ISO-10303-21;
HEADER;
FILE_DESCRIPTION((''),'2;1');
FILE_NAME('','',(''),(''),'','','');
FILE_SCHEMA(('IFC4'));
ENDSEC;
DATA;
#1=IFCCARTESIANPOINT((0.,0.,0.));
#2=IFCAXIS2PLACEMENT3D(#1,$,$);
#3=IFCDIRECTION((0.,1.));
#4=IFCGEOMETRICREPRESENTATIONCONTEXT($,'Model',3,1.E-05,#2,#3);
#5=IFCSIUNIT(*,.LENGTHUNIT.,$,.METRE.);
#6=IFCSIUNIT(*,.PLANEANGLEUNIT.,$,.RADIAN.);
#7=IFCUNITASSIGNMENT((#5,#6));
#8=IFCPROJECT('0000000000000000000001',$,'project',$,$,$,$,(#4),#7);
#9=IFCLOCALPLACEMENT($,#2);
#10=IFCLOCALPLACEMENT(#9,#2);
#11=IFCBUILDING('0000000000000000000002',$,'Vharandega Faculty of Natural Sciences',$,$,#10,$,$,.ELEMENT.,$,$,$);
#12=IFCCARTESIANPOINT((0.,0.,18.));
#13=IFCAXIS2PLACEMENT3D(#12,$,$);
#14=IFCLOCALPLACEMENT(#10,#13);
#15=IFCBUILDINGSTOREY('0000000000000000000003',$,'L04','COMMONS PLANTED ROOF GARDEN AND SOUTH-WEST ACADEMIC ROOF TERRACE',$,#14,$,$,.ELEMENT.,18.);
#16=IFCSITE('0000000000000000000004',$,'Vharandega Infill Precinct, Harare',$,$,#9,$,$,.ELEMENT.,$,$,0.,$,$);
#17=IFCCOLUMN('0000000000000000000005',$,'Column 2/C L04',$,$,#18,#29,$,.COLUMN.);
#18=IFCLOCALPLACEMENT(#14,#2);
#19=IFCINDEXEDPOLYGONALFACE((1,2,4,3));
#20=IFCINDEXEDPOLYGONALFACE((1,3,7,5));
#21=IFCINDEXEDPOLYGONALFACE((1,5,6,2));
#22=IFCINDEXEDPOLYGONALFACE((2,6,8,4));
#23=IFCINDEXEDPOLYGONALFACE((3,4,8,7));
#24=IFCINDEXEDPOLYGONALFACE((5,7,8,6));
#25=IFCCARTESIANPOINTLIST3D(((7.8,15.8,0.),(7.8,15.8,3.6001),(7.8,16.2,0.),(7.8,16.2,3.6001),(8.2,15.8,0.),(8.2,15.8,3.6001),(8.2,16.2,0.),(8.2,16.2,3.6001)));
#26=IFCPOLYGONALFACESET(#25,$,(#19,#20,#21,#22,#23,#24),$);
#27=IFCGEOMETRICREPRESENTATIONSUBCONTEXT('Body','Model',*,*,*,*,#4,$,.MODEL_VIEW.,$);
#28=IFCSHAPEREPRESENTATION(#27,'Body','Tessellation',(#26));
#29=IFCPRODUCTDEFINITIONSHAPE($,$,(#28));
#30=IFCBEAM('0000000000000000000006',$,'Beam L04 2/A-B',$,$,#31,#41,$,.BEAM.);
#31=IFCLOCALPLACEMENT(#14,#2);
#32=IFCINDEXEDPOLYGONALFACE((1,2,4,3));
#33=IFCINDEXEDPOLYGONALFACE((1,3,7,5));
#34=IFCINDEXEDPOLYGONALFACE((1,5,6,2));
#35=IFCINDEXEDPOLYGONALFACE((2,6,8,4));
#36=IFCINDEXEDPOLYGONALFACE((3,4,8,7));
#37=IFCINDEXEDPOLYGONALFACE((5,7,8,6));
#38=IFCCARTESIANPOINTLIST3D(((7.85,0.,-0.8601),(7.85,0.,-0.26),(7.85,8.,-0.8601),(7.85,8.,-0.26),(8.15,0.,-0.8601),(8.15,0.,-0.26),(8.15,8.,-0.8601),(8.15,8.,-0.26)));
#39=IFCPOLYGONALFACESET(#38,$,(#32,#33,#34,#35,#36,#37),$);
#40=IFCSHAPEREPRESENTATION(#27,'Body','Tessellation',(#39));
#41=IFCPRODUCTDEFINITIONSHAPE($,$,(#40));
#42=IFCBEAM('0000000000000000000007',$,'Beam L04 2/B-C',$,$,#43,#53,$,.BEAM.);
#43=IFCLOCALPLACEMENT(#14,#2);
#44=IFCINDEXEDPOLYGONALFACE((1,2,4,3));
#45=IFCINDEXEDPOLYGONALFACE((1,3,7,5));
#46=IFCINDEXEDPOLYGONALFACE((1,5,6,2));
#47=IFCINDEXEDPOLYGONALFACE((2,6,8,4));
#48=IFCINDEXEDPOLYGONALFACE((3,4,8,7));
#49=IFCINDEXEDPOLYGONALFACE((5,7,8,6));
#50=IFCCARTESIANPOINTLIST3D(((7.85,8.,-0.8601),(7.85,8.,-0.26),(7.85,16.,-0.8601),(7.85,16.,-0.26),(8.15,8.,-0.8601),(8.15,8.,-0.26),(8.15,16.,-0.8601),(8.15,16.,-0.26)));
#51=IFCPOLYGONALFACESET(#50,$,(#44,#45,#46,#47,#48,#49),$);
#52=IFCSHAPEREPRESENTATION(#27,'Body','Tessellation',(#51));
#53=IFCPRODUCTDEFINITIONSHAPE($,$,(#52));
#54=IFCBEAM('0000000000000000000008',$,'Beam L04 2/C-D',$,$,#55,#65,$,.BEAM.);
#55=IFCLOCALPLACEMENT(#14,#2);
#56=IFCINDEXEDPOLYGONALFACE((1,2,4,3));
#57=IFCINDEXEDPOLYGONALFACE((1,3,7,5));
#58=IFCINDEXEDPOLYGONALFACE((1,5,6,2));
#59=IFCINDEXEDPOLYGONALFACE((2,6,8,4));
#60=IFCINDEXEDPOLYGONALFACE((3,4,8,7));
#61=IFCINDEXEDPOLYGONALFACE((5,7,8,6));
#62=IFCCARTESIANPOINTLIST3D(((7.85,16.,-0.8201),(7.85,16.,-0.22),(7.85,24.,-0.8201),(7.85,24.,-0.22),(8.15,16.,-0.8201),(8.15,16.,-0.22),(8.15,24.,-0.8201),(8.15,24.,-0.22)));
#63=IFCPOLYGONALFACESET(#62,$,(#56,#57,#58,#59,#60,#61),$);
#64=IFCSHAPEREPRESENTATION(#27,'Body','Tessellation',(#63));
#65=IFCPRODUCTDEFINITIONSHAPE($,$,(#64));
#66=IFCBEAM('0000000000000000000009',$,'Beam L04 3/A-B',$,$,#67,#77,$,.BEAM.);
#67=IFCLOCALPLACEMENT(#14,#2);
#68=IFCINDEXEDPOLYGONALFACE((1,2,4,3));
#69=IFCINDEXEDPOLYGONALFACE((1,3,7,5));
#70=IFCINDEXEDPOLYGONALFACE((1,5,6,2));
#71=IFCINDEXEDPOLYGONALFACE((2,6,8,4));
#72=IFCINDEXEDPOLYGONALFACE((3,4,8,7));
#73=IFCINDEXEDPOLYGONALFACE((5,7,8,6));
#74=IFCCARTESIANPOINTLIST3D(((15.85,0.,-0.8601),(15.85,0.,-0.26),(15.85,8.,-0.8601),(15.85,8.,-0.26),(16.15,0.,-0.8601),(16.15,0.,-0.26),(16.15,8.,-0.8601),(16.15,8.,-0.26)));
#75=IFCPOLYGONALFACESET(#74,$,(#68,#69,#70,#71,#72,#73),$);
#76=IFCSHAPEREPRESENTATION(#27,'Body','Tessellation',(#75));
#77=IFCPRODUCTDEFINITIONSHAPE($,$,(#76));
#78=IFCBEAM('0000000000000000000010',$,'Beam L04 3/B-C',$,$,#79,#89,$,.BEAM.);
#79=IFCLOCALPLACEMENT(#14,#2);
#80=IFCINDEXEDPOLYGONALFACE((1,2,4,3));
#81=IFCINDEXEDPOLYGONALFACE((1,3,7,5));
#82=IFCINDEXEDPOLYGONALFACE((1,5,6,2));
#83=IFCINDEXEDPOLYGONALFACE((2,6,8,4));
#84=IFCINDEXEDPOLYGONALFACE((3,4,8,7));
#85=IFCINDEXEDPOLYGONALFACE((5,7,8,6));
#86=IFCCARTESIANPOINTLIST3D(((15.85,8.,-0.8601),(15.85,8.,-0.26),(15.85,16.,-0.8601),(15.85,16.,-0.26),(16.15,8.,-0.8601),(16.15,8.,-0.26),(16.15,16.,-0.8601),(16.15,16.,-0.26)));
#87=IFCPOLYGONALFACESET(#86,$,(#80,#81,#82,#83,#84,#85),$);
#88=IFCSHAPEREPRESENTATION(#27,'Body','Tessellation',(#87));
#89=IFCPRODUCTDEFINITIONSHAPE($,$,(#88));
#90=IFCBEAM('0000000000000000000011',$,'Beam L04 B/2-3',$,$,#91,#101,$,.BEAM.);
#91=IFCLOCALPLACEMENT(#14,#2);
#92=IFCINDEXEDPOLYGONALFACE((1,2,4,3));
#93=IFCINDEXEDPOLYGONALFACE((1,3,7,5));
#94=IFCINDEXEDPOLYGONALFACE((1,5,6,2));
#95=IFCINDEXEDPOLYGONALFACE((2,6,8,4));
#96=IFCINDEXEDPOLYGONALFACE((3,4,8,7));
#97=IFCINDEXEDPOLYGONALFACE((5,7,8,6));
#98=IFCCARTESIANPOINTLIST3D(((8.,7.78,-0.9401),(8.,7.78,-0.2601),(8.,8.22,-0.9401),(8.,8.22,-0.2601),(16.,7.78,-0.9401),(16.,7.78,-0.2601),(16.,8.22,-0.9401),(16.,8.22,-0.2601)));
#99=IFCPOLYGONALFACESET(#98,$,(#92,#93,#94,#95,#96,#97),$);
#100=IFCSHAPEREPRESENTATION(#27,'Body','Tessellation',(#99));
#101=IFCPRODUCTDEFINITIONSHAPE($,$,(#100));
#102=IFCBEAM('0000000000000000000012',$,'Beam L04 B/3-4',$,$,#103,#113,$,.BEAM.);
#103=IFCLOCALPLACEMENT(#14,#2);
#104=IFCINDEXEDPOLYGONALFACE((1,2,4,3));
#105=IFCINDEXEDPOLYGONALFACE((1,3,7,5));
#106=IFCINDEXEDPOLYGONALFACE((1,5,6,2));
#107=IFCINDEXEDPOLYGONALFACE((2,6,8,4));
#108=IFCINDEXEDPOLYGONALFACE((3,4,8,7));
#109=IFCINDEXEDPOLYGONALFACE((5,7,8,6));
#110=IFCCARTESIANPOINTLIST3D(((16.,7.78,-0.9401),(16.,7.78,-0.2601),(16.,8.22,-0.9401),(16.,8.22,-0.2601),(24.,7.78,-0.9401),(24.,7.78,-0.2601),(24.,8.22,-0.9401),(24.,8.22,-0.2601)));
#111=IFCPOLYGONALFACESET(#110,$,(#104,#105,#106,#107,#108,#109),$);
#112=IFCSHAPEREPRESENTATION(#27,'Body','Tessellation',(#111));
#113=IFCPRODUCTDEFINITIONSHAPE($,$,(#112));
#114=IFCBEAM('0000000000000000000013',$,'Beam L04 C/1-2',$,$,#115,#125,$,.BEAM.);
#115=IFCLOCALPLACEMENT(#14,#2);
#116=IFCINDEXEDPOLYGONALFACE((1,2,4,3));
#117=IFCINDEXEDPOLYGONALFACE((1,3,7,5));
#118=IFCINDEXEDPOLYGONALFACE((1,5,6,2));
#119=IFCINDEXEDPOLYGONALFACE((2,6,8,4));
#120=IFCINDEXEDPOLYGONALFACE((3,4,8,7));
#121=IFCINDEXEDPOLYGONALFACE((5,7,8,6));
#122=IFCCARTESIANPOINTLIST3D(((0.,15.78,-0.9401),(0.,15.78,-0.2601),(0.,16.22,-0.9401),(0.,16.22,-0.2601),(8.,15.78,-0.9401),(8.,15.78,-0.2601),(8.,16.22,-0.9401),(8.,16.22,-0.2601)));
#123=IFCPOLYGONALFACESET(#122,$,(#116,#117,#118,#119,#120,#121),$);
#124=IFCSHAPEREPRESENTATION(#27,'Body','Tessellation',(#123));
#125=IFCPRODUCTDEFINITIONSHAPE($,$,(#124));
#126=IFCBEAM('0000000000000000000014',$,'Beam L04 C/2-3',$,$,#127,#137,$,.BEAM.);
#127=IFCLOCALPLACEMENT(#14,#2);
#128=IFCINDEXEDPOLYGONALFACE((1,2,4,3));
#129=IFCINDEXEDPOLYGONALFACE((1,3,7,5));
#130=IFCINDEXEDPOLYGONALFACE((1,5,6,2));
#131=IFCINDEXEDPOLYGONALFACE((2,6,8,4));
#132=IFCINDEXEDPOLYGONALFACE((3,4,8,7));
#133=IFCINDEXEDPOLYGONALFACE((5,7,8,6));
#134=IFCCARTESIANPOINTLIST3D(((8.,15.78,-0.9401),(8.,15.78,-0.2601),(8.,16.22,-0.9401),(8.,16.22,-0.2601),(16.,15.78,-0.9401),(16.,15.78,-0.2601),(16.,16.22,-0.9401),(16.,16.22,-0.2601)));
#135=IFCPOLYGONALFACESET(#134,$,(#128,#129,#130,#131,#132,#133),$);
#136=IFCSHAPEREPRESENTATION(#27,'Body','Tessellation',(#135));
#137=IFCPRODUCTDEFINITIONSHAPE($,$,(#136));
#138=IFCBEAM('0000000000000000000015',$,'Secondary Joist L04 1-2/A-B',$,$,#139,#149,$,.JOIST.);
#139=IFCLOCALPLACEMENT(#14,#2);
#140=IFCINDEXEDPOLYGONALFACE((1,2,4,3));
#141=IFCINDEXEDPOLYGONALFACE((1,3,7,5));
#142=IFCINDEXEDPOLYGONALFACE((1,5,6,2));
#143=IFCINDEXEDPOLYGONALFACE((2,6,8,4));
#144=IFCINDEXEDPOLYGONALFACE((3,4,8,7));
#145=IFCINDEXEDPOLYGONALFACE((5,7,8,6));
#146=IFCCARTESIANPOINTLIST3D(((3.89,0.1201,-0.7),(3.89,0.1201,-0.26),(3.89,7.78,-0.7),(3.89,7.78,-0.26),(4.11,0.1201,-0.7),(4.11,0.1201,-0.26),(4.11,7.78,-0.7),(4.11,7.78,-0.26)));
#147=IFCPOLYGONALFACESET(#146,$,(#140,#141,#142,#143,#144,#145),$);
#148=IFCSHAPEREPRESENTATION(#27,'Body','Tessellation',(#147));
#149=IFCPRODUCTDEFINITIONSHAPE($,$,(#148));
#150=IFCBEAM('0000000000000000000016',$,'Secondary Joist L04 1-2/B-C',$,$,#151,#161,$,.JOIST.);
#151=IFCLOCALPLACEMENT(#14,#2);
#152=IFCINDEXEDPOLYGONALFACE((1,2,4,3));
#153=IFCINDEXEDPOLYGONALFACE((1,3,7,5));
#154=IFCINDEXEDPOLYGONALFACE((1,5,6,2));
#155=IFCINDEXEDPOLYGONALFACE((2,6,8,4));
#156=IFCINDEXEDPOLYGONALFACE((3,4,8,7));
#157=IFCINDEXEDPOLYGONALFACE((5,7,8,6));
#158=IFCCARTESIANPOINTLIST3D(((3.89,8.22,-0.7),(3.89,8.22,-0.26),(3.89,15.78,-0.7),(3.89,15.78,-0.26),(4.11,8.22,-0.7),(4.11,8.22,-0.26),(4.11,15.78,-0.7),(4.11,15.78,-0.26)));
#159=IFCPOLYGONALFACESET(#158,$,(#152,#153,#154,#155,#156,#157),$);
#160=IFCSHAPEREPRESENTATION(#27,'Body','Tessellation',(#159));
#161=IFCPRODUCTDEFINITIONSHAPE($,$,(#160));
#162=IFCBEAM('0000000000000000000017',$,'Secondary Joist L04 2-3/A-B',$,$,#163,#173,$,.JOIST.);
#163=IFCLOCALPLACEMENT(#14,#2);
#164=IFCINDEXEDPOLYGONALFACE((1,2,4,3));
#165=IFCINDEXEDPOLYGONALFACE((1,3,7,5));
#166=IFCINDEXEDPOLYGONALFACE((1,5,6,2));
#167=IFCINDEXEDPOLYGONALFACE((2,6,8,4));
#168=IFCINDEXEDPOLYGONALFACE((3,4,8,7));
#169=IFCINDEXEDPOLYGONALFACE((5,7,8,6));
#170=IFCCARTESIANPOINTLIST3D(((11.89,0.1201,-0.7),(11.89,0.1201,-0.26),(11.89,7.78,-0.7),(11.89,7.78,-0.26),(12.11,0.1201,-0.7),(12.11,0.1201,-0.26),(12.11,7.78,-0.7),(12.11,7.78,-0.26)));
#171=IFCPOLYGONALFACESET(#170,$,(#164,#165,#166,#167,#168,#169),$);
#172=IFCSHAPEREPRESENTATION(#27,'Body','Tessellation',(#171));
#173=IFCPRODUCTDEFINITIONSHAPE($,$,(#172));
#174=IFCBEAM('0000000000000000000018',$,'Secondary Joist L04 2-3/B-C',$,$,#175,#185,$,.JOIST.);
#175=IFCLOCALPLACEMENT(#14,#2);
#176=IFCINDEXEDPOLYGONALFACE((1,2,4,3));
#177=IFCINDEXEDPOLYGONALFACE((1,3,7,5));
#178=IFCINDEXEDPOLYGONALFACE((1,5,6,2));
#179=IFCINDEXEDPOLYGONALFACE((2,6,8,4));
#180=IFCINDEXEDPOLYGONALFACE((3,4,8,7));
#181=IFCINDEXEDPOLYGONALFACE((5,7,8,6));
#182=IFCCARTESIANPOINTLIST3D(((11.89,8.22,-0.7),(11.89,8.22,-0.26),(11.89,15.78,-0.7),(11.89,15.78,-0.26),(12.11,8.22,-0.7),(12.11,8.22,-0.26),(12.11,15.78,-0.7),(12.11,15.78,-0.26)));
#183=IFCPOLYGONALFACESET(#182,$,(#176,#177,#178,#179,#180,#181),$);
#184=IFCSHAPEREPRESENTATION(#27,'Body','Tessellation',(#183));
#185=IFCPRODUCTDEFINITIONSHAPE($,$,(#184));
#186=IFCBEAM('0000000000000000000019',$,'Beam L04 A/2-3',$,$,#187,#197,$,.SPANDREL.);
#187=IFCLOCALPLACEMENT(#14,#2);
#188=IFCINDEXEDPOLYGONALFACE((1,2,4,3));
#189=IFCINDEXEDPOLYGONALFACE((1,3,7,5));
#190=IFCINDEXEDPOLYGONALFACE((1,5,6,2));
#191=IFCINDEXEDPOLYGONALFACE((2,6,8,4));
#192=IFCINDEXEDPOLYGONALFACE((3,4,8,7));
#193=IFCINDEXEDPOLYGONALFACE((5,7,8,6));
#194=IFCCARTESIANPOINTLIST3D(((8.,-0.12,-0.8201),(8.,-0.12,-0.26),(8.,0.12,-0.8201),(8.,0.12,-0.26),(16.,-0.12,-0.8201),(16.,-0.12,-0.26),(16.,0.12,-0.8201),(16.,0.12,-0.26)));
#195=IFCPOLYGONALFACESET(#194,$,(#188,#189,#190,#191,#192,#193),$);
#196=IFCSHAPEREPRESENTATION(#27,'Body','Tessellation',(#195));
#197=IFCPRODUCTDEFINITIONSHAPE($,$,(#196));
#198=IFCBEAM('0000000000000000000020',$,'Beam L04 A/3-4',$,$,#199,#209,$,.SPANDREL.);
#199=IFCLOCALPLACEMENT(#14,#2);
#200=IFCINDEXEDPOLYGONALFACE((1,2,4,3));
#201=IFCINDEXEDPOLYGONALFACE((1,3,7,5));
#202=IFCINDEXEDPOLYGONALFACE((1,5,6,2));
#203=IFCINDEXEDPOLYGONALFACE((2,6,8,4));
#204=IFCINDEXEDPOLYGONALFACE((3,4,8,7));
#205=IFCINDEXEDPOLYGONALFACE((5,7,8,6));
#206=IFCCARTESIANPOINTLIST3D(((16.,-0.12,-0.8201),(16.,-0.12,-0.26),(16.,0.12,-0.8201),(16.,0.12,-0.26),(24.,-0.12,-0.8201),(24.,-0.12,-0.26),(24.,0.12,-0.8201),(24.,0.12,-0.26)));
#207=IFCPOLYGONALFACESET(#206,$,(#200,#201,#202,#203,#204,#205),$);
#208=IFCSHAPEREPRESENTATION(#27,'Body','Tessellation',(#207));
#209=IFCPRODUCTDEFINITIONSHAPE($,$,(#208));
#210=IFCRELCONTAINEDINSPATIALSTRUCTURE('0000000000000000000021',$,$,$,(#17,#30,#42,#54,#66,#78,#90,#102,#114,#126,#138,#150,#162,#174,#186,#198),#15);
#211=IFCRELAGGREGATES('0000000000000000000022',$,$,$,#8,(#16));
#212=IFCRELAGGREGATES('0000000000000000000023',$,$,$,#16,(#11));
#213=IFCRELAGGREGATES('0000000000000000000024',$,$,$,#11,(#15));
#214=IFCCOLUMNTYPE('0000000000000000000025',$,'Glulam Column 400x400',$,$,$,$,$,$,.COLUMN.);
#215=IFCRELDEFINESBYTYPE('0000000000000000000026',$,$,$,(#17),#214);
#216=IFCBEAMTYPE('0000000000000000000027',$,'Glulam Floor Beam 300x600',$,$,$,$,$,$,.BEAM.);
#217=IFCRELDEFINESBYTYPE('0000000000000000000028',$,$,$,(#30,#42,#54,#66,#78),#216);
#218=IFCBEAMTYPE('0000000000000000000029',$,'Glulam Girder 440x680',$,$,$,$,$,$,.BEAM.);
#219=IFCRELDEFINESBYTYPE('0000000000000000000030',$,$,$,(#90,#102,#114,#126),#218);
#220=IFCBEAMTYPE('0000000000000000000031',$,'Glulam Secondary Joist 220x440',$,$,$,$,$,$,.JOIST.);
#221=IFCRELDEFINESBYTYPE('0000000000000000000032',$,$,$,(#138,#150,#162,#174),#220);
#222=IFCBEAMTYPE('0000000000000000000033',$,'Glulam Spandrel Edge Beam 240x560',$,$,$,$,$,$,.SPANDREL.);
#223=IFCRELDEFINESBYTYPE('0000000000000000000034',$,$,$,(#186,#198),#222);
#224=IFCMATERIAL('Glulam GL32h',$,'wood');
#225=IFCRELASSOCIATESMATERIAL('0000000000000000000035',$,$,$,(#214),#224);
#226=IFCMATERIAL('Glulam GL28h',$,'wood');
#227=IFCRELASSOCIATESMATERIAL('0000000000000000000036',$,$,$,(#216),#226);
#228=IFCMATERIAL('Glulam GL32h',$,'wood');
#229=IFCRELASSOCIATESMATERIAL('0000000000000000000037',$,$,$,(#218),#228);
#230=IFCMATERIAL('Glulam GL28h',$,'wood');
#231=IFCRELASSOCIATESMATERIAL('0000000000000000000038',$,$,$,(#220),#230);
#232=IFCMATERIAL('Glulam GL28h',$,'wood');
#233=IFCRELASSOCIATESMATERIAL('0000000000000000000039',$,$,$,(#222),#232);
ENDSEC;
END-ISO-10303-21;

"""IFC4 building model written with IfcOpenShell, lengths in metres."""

from ifc_helpers import new_model, si_unit, direction, frame, origin, origin_2d, place, context, subcontext, project, spatial, rectangle, extrude, material, material_profile, profile_set, type_object, element, save


model = new_model("IFC4")

# Units and contexts
model_context = context("Model", 3, precision=1e-05, world=origin(), true_north=direction((0.0, 1.0)))
body_context = subcontext(model_context, "Body", "Model", "MODEL_VIEW")
ifc_project = project(units=[si_unit("LENGTHUNIT", "METRE"), si_unit("PLANEANGLEUNIT", "RADIAN")], contexts=[model_context])

# Site, building, storey
site_placement = place(None, origin())
site = spatial("IfcSite", under=ifc_project, at=site_placement, Name="Vharandega Infill Precinct, Harare", CompositionType="ELEMENT", RefElevation=0.0)
building_placement = place(site_placement, origin())
building = spatial("IfcBuilding", under=site, at=building_placement, Name="Vharandega Faculty of Natural Sciences", CompositionType="ELEMENT")
storey_placement = place(building_placement, frame((0.0, 0.0, 18.0)))
storey = spatial("IfcBuildingStorey", under=building, at=storey_placement, Name="L04", Description="COMMONS PLANTED ROOF GARDEN AND SOUTH-WEST ACADEMIC ROOF TERRACE", CompositionType="ELEMENT", Elevation=18.0)

# Column
ifc_material_1 = material(Name="Glulam GL32h", Category="wood")
ifc_material_profile_1 = material_profile(ifc_material_1, rectangle(XDim=0.3999, YDim=0.3999, at=origin_2d()), Name="GL32h 400x400")
ifc_profile_set_1 = profile_set([ifc_material_profile_1], Name="Glulam GL32h")
column_type = type_object("IfcColumnType", Name="Glulam Column 400x400", PredefinedType="COLUMN", material=ifc_profile_set_1)
column_placement = place(storey_placement, frame((8.0, 16.0, 0.0), z_axis=(0.0, 0.0, 1.0), x_axis=(1.0, 0.0, 0.0)))
element("IfcColumn", 1, at=column_placement, inside=storey, type_object=column_type, Name="Column 2/C L04", PredefinedType="COLUMN", context=body_context, shape_type="SweptSolid", body=[
    extrude(rectangle(XDim=0.3999, YDim=0.3999, at=origin_2d()), origin(), (0.0, 0.0, 1.0), 3.6001),
])

# Beams
ifc_material_2 = material(Name="Glulam GL28h", Category="wood")
ifc_material_profile_2 = material_profile(ifc_material_2, rectangle(XDim=0.3, YDim=0.6001, at=origin_2d()), Name="GL28h 300x600")
ifc_profile_set_2 = profile_set([ifc_material_profile_2], Name="Glulam GL28h")
beam_type_1 = type_object("IfcBeamType", Name="Glulam Floor Beam 300x600", PredefinedType="BEAM", material=ifc_profile_set_2)
for number, where, z_axis, x_axis, name in (
    (2, (8.0, 0.0, -0.5601), (0.0, 1.0, 0.0), (-1.0, 0.0, 0.0), "Beam L04 2/A-B"),
    (3, (8.0, 8.0, -0.5601), (0.0, 1.0, 0.0), (-1.0, 0.0, 0.0), "Beam L04 2/B-C"),
    (4, (8.0, 16.0, -0.52), (0.0, 1.0, 0.0), (-1.0, 0.0, 0.0), "Beam L04 2/C-D"),
    (5, (16.0, 0.0, -0.5601), (0.0, 1.0, 0.0), (-1.0, 0.0, 0.0), "Beam L04 3/A-B"),
    (6, (16.0, 8.0, -0.5601), (0.0, 1.0, 0.0), (-1.0, 0.0, 0.0), "Beam L04 3/B-C"),
):
    element("IfcBeam", number, at=place(storey_placement, frame(where, z_axis=z_axis, x_axis=x_axis)), inside=storey, type_object=beam_type_1, Name=name, PredefinedType="BEAM", context=body_context, shape_type="SweptSolid", body=[
        extrude(rectangle(XDim=0.3, YDim=0.6001, at=origin_2d()), origin(), (0.0, 0.0, 1.0), 8.0),
    ])
ifc_material_3 = material(Name="Glulam GL32h", Category="wood")
ifc_material_profile_3 = material_profile(ifc_material_3, rectangle(XDim=0.4399, YDim=0.6799, at=origin_2d()), Name="GL32h 440x680")
ifc_profile_set_3 = profile_set([ifc_material_profile_3], Name="Glulam GL32h")
beam_type_2 = type_object("IfcBeamType", Name="Glulam Girder 440x680", PredefinedType="BEAM", material=ifc_profile_set_3)
for number, where, z_axis, x_axis, name in (
    (7, (8.0, 8.0, -0.6001), (1.0, 0.0, 0.0), (0.0, 1.0, 0.0), "Beam L04 B/2-3"),
    (8, (16.0, 8.0, -0.6001), (1.0, 0.0, 0.0), (0.0, 1.0, 0.0), "Beam L04 B/3-4"),
    (9, (0.0, 16.0, -0.6001), (1.0, 0.0, 0.0), (0.0, 1.0, 0.0), "Beam L04 C/1-2"),
    (10, (8.0, 16.0, -0.6001), (1.0, 0.0, 0.0), (0.0, 1.0, 0.0), "Beam L04 C/2-3"),
):
    element("IfcBeam", number, at=place(storey_placement, frame(where, z_axis=z_axis, x_axis=x_axis)), inside=storey, type_object=beam_type_2, Name=name, PredefinedType="BEAM", context=body_context, shape_type="SweptSolid", body=[
        extrude(rectangle(XDim=0.4399, YDim=0.6799, at=origin_2d()), origin(), (0.0, 0.0, 1.0), 8.0),
    ])
ifc_material_4 = material(Name="Glulam GL28h", Category="wood")
ifc_material_profile_4 = material_profile(ifc_material_4, rectangle(XDim=0.22, YDim=0.4399, at=origin_2d()), Name="GL28h 220x440")
ifc_profile_set_4 = profile_set([ifc_material_profile_4], Name="Glulam GL28h")
beam_type_3 = type_object("IfcBeamType", Name="Glulam Secondary Joist 220x440", PredefinedType="JOIST", material=ifc_profile_set_4)
beam_1_placement = place(storey_placement, frame((4.0, 0.1201, -0.48), z_axis=(0.0, 1.0, 0.0), x_axis=(-1.0, 0.0, 0.0)))
element("IfcBeam", 11, at=beam_1_placement, inside=storey, type_object=beam_type_3, Name="Secondary Joist L04 1-2/A-B", PredefinedType="JOIST", context=body_context, shape_type="SweptSolid", body=[
    extrude(rectangle(XDim=0.22, YDim=0.4399, at=origin_2d()), origin(), (0.0, 0.0, 1.0), 7.6599),
])
beam_2_placement = place(storey_placement, frame((4.0, 8.22, -0.48), z_axis=(0.0, 1.0, 0.0), x_axis=(-1.0, 0.0, 0.0)))
element("IfcBeam", 12, at=beam_2_placement, inside=storey, type_object=beam_type_3, Name="Secondary Joist L04 1-2/B-C", PredefinedType="JOIST", context=body_context, shape_type="SweptSolid", body=[
    extrude(rectangle(XDim=0.22, YDim=0.4399, at=origin_2d()), origin(), (0.0, 0.0, 1.0), 7.5601),
])
beam_3_placement = place(storey_placement, frame((12.0, 0.1201, -0.48), z_axis=(0.0, 1.0, 0.0), x_axis=(-1.0, 0.0, 0.0)))
element("IfcBeam", 13, at=beam_3_placement, inside=storey, type_object=beam_type_3, Name="Secondary Joist L04 2-3/A-B", PredefinedType="JOIST", context=body_context, shape_type="SweptSolid", body=[
    extrude(rectangle(XDim=0.22, YDim=0.4399, at=origin_2d()), origin(), (0.0, 0.0, 1.0), 7.6599),
])
beam_4_placement = place(storey_placement, frame((12.0, 8.22, -0.48), z_axis=(0.0, 1.0, 0.0), x_axis=(-1.0, 0.0, 0.0)))
element("IfcBeam", 14, at=beam_4_placement, inside=storey, type_object=beam_type_3, Name="Secondary Joist L04 2-3/B-C", PredefinedType="JOIST", context=body_context, shape_type="SweptSolid", body=[
    extrude(rectangle(XDim=0.22, YDim=0.4399, at=origin_2d()), origin(), (0.0, 0.0, 1.0), 7.5601),
])
ifc_material_5 = material(Name="Glulam GL28h", Category="wood")
ifc_material_profile_5 = material_profile(ifc_material_5, rectangle(XDim=0.24, YDim=0.5601, at=origin_2d()), Name="GL28h 240x560")
ifc_profile_set_5 = profile_set([ifc_material_profile_5], Name="Glulam GL28h")
beam_type_4 = type_object("IfcBeamType", Name="Glulam Spandrel Edge Beam 240x560", PredefinedType="SPANDREL", material=ifc_profile_set_5)
for number, where, z_axis, x_axis, name in (
    (15, (8.0, 0.0, -0.54), (1.0, 0.0, 0.0), (0.0, 1.0, 0.0), "Beam L04 A/2-3"),
    (16, (16.0, 0.0, -0.54), (1.0, 0.0, 0.0), (0.0, 1.0, 0.0), "Beam L04 A/3-4"),
):
    element("IfcBeam", number, at=place(storey_placement, frame(where, z_axis=z_axis, x_axis=x_axis)), inside=storey, type_object=beam_type_4, Name=name, PredefinedType="SPANDREL", context=body_context, shape_type="SweptSolid", body=[
        extrude(rectangle(XDim=0.24, YDim=0.5601, at=origin_2d()), origin(), (0.0, 0.0, 1.0), 8.0),
    ])

save(model, "model.ifc")
